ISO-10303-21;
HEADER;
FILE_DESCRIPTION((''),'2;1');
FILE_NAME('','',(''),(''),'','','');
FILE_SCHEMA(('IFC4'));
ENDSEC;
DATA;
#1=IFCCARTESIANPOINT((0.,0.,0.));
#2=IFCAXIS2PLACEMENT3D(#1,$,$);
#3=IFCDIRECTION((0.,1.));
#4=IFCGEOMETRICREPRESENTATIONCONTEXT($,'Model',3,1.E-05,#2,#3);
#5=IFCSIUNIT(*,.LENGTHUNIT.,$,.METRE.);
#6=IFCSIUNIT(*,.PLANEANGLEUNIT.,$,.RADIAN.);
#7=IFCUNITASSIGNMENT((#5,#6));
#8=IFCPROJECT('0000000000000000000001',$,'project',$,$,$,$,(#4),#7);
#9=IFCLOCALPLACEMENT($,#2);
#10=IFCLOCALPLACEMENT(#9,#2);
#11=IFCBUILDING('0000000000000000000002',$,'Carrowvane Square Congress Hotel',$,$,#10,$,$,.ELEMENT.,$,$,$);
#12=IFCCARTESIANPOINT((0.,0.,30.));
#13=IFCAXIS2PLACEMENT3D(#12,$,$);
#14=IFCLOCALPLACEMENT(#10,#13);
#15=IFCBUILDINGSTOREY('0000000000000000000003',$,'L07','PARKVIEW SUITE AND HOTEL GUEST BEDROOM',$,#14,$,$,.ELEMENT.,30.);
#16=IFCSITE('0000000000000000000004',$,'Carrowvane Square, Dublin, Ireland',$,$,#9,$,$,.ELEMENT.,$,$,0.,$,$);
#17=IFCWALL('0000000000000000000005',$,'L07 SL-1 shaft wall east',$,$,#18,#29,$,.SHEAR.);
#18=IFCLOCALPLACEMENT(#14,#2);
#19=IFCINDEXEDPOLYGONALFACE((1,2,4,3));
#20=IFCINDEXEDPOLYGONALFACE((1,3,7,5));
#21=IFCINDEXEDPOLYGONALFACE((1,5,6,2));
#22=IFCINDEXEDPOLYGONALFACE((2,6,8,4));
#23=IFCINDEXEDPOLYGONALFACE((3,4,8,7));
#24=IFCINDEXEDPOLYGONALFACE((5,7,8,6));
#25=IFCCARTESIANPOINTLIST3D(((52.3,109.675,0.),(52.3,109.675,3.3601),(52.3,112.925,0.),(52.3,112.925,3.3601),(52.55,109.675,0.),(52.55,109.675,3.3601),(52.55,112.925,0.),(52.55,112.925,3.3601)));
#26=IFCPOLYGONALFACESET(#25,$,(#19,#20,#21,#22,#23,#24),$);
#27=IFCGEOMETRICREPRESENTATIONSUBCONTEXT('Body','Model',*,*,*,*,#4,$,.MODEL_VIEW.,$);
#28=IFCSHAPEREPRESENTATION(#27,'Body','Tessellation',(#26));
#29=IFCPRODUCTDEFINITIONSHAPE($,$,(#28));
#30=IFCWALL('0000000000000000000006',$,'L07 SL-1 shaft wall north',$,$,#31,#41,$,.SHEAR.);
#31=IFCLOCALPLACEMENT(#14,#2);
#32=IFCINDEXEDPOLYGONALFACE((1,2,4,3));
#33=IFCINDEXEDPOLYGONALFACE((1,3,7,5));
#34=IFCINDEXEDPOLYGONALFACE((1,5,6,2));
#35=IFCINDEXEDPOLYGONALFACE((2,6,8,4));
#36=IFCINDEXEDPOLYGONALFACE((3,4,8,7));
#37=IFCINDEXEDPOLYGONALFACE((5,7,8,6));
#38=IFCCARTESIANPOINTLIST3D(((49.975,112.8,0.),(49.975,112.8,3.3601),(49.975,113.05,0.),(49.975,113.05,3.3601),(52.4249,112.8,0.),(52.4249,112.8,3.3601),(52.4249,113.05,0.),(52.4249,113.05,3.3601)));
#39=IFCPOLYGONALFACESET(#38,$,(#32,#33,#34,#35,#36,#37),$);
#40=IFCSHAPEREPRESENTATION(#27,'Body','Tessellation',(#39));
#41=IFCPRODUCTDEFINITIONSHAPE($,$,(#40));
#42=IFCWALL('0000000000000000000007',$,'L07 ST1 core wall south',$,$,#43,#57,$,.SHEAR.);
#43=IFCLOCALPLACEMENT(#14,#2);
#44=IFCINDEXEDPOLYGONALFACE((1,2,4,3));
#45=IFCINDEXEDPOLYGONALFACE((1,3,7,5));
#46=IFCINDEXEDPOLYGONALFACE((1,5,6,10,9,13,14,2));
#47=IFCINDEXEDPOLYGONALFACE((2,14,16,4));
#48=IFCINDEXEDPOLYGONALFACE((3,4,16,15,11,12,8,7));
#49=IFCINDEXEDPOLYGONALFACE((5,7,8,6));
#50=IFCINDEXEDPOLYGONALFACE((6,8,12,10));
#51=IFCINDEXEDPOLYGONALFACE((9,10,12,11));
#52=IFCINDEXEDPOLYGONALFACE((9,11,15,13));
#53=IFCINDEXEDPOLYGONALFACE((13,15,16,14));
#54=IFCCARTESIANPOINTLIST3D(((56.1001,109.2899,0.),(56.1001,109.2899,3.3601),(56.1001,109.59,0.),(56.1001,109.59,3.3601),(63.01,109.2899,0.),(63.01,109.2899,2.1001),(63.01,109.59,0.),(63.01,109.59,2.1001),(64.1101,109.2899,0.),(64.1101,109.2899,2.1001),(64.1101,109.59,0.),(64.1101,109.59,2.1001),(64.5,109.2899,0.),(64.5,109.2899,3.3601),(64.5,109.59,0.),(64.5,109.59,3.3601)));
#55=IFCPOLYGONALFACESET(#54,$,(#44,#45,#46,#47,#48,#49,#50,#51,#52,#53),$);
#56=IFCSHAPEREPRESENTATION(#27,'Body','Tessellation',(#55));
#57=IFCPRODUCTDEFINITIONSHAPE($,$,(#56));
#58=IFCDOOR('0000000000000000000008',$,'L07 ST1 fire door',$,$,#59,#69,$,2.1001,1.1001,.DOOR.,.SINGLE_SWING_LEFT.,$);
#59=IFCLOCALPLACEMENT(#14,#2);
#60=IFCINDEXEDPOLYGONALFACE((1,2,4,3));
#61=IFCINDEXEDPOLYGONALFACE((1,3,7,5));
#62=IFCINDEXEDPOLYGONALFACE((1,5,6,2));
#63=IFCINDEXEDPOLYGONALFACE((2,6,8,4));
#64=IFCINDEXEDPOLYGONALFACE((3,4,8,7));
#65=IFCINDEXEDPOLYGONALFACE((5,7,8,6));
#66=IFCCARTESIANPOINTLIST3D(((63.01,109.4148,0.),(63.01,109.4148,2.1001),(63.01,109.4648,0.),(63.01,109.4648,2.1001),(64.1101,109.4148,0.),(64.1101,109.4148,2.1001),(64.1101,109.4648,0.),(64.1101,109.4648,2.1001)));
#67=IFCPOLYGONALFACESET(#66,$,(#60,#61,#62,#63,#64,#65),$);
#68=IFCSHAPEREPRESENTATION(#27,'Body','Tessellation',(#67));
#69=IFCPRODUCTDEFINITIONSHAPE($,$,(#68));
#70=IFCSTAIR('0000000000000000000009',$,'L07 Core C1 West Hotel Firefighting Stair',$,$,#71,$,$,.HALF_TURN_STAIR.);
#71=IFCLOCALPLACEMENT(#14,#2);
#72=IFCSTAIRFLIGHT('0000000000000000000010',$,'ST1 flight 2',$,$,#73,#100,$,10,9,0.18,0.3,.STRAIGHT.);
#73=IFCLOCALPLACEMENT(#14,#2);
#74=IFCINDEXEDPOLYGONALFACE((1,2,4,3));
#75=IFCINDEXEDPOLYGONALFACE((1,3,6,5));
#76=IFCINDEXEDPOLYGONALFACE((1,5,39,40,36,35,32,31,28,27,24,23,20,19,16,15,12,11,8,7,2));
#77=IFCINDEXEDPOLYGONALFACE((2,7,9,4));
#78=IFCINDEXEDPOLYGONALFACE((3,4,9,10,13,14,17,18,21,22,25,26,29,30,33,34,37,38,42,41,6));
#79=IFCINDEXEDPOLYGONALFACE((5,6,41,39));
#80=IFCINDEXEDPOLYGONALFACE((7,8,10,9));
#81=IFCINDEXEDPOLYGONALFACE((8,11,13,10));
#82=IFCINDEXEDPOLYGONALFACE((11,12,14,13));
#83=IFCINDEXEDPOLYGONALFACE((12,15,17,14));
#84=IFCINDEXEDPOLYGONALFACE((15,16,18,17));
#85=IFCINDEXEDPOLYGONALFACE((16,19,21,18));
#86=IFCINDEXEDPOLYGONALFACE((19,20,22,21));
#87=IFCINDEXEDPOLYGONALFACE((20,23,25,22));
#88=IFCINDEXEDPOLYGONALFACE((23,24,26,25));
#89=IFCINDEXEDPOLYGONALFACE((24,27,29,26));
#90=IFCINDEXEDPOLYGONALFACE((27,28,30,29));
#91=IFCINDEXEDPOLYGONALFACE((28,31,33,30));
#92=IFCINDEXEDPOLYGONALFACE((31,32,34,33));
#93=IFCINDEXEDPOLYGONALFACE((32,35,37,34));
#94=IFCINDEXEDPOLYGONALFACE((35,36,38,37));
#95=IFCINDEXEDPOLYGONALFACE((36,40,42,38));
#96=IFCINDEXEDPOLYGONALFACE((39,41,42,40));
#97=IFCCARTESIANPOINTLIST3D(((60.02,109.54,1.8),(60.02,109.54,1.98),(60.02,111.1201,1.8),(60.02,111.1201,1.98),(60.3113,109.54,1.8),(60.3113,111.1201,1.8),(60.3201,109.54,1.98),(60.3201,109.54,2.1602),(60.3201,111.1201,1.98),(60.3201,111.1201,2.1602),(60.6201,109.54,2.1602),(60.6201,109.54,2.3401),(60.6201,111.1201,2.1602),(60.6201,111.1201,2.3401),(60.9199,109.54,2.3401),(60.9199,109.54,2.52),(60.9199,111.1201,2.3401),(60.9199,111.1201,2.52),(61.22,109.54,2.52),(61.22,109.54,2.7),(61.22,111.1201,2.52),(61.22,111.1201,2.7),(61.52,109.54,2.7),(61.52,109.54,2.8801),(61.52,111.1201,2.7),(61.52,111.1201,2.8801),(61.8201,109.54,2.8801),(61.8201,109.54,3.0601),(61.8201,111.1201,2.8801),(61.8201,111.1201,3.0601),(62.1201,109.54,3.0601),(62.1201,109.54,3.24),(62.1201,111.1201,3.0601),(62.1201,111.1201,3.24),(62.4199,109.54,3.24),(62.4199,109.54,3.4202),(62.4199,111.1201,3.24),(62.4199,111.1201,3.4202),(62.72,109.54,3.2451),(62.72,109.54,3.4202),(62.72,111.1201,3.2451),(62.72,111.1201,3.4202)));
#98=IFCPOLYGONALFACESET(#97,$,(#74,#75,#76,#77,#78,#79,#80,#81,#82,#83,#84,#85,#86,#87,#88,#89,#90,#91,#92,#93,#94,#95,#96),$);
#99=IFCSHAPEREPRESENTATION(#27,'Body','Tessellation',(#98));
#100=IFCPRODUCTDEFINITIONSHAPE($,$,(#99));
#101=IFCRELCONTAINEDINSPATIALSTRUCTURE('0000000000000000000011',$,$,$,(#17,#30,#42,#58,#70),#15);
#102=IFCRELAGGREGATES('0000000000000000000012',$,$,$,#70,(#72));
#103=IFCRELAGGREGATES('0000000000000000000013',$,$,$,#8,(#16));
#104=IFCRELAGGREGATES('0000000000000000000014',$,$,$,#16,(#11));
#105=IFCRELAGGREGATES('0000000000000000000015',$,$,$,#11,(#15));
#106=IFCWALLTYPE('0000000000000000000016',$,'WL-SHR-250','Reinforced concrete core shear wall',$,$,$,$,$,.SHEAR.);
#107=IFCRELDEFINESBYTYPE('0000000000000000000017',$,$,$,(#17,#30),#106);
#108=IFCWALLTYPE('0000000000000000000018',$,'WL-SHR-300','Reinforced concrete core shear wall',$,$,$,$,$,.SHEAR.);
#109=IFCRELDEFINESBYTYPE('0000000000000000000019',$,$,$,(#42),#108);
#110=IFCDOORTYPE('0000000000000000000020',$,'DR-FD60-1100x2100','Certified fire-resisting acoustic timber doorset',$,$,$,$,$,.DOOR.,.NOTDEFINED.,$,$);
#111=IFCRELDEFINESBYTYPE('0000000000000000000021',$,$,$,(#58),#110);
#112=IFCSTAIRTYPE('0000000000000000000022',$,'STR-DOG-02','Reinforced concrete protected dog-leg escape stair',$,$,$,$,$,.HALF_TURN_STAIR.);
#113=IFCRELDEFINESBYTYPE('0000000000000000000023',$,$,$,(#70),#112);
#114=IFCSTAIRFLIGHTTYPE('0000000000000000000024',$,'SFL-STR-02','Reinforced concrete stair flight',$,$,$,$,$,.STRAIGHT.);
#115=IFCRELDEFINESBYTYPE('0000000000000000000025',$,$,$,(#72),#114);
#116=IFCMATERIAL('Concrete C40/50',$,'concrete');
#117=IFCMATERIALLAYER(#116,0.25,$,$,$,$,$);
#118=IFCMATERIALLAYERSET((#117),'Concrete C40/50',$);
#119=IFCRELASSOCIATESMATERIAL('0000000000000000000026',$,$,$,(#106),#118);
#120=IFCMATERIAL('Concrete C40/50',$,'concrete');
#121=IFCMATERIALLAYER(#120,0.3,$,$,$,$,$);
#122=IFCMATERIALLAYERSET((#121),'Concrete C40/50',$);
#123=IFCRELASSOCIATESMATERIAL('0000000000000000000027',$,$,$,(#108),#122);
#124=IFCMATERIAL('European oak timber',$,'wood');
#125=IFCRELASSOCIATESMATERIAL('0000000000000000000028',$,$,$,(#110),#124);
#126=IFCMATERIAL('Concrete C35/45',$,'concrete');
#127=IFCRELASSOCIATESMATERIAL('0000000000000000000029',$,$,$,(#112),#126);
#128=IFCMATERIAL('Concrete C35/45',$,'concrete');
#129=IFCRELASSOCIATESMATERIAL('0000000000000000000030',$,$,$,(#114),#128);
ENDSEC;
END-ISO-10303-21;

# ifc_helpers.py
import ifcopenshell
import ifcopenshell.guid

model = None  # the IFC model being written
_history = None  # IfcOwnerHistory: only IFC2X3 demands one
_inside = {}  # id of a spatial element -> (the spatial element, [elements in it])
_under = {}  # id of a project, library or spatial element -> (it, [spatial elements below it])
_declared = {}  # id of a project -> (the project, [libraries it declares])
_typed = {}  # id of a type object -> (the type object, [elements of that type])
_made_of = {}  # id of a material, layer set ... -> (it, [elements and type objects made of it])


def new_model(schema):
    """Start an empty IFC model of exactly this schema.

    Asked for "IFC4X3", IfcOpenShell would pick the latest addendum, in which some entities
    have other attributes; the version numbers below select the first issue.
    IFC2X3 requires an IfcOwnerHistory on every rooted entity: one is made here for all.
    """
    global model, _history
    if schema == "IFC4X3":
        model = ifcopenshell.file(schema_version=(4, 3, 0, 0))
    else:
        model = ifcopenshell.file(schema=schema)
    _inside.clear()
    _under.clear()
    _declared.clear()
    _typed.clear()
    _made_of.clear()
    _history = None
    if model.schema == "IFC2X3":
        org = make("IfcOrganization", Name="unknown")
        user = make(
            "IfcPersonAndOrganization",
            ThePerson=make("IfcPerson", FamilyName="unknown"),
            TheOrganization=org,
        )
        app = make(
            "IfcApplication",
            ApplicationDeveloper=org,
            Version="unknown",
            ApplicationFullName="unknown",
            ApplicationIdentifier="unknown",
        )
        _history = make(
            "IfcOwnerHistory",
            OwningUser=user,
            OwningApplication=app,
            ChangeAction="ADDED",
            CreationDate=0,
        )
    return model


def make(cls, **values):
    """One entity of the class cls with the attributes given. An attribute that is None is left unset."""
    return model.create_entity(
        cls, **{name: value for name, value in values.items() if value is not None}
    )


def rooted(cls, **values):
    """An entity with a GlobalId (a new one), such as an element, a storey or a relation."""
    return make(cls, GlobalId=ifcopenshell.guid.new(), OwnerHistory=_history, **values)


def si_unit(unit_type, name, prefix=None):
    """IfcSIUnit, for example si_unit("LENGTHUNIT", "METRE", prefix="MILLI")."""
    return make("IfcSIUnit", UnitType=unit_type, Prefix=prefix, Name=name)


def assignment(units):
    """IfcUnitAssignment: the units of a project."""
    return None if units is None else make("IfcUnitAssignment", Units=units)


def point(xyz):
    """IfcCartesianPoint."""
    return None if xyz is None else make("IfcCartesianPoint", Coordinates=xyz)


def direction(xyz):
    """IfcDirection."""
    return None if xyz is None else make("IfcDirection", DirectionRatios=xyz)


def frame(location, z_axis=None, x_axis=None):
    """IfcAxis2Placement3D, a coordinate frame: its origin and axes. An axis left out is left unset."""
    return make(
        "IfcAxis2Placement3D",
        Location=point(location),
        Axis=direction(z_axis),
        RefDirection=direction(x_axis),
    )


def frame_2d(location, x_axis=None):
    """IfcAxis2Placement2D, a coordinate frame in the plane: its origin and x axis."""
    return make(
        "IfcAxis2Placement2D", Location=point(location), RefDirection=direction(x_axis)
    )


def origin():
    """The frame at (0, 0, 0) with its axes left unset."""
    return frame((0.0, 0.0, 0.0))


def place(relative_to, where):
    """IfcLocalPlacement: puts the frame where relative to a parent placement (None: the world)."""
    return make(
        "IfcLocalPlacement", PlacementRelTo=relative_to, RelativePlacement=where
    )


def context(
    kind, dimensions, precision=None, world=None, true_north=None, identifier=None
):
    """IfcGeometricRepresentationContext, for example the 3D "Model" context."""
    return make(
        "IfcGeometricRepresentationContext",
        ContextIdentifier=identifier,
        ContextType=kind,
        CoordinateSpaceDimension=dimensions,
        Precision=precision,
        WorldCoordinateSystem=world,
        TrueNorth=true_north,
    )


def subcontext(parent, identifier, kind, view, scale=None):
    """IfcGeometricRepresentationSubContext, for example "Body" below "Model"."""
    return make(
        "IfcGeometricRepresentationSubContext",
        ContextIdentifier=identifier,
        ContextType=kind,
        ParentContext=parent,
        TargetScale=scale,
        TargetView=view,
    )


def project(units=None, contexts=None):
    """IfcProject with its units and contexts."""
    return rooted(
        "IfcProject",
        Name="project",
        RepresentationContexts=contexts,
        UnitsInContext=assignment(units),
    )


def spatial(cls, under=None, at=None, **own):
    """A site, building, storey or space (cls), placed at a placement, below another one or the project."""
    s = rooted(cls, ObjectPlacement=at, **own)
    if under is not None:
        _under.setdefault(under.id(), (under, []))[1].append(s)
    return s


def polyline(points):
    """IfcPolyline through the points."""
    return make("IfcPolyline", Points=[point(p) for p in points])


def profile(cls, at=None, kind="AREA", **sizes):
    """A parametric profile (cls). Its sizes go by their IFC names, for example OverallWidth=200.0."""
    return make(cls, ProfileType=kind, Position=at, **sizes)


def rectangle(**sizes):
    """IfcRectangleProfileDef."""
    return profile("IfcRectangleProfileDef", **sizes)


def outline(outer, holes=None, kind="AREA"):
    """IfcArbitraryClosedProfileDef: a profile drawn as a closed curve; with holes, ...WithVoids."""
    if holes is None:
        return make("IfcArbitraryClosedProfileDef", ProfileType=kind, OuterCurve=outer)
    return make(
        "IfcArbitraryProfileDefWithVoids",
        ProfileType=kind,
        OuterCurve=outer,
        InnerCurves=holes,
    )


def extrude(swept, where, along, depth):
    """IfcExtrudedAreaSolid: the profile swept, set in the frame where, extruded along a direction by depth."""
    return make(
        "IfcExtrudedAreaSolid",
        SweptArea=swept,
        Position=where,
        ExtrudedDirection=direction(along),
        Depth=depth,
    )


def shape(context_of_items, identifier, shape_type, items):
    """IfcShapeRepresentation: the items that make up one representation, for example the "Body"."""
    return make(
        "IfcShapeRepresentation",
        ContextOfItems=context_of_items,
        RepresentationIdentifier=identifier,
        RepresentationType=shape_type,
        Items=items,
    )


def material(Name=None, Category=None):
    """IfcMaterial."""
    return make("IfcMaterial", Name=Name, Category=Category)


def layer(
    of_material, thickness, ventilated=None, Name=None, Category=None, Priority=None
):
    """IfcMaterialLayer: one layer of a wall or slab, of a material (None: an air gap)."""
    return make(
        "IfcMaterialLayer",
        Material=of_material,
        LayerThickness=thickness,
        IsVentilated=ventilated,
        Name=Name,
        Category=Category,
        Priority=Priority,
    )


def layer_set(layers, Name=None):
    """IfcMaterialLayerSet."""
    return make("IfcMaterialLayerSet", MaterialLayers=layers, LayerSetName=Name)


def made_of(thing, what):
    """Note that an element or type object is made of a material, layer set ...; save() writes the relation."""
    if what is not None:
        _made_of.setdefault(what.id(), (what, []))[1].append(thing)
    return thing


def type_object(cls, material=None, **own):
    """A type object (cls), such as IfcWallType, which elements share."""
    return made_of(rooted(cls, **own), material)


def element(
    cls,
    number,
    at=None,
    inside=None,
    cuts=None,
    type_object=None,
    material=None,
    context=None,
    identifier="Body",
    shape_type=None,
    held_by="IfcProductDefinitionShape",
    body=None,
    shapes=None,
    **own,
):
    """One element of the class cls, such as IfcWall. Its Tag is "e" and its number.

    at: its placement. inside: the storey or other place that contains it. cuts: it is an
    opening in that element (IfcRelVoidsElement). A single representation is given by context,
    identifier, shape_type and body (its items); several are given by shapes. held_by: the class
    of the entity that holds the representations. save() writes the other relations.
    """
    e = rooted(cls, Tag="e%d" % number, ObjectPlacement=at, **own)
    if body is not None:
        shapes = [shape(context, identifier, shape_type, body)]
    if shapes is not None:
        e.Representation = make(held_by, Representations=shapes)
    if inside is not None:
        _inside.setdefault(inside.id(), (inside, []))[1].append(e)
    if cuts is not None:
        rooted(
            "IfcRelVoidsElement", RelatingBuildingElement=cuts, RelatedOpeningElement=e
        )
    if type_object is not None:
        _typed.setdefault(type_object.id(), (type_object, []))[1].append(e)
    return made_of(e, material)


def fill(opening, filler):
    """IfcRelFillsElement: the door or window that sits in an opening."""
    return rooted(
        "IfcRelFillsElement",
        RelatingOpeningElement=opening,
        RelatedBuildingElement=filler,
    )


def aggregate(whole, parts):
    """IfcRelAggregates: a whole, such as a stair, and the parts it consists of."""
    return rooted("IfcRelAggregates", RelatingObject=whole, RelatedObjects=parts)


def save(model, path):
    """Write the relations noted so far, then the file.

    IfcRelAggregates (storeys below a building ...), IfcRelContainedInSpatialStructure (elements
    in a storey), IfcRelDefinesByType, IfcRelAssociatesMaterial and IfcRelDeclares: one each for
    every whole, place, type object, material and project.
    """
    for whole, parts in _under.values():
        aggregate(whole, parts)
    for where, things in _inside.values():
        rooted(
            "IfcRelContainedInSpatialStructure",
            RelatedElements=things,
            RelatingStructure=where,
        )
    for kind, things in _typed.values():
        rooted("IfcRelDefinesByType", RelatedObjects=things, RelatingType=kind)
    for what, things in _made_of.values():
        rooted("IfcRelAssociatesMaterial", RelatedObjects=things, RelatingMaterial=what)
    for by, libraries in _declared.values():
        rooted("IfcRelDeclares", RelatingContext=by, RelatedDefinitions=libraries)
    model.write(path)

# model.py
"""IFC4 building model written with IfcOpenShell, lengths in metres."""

from ifc_helpers import new_model, si_unit, direction, frame, frame_2d, origin, place, context, subcontext, project, spatial, polyline, rectangle, outline, extrude, material, layer, layer_set, type_object, element, fill, aggregate, save


model = new_model("IFC4")

# Units and contexts
model_context = context("Model", 3, precision=1e-05, world=origin(), true_north=direction((0.0, 1.0)))
body_context = subcontext(model_context, "Body", "Model", "MODEL_VIEW")
ifc_project = project(units=[si_unit("LENGTHUNIT", "METRE"), si_unit("PLANEANGLEUNIT", "RADIAN")], contexts=[model_context])

# Site, building, storey
site_placement = place(None, origin())
site = spatial("IfcSite", under=ifc_project, at=site_placement, Name="Carrowvane Square, Dublin, Ireland", CompositionType="ELEMENT", RefElevation=0.0)
building_placement = place(site_placement, origin())
building = spatial("IfcBuilding", under=site, at=building_placement, Name="Carrowvane Square Congress Hotel", CompositionType="ELEMENT")
storey_placement = place(building_placement, frame((0.0, 0.0, 30.0)))
storey = spatial("IfcBuildingStorey", under=building, at=storey_placement, Name="L07", Description="PARKVIEW SUITE AND HOTEL GUEST BEDROOM", CompositionType="ELEMENT", Elevation=30.0)

# Walls
ifc_material_1 = material(Name="Concrete C40/50", Category="concrete")
ifc_layer_1 = layer(ifc_material_1, 0.25)
ifc_layer_set_1 = layer_set([ifc_layer_1], Name="Concrete C40/50")
wall_type_1 = type_object("IfcWallType", Name="WL-SHR-250", Description="Reinforced concrete core shear wall", PredefinedType="SHEAR", material=ifc_layer_set_1)
wall_1_placement = place(storey_placement, frame((52.425, 109.675, 0.0), z_axis=(0.0, 0.0, 1.0), x_axis=(0.0, 1.0, 0.0)))
element("IfcWall", 1, at=wall_1_placement, inside=storey, type_object=wall_type_1, Name="L07 SL-1 shaft wall east", PredefinedType="SHEAR", context=body_context, shape_type="SweptSolid", body=[
    extrude(rectangle(XDim=3.25, YDim=0.25, at=frame_2d((1.625, 0.0))), origin(), (0.0, 0.0, 1.0), 3.3601),
])
wall_2_placement = place(storey_placement, frame((52.425, 112.925, 0.0), z_axis=(0.0, 0.0, 1.0), x_axis=(-1.0, 0.0, 0.0)))
element("IfcWall", 2, at=wall_2_placement, inside=storey, type_object=wall_type_1, Name="L07 SL-1 shaft wall north", PredefinedType="SHEAR", context=body_context, shape_type="SweptSolid", body=[
    extrude(rectangle(XDim=2.45, YDim=0.25, at=frame_2d((1.2251, 0.0))), origin(), (0.0, 0.0, 1.0), 3.3601),
])

# Wall, opening, door
ifc_material_2 = material(Name="Concrete C40/50", Category="concrete")
ifc_layer_2 = layer(ifc_material_2, 0.3)
ifc_layer_set_2 = layer_set([ifc_layer_2], Name="Concrete C40/50")
wall_type_2 = type_object("IfcWallType", Name="WL-SHR-300", Description="Reinforced concrete core shear wall", PredefinedType="SHEAR", material=ifc_layer_set_2)
wall_3_placement = place(storey_placement, frame((56.1001, 109.4399, 0.0), z_axis=(0.0, 0.0, 1.0), x_axis=(1.0, 0.0, 0.0)))
wall_3 = element("IfcWall", 3, at=wall_3_placement, inside=storey, type_object=wall_type_2, Name="L07 ST1 core wall south", PredefinedType="SHEAR", context=body_context, shape_type="SweptSolid", body=[
    extrude(rectangle(XDim=8.3999, YDim=0.3, at=frame_2d((4.2, 0.0))), origin(), (0.0, 0.0, 1.0), 3.3601),
])
opening_1_placement = place(wall_3_placement, frame((6.9099, 0.0, 0.0)))
opening_1 = element("IfcOpeningElement", 4, at=opening_1_placement, cuts=wall_3, PredefinedType="OPENING", context=body_context, shape_type="SweptSolid", body=[
    extrude(rectangle(XDim=1.1001, YDim=2.1001, at=frame_2d((0.55, 1.05))), frame((0.0, 0.1599, 0.0), z_axis=(0.0, -1.0, 0.0), x_axis=(1.0, 0.0, 0.0)), (0.0, 0.0, 1.0), 0.3201),
])
ifc_material_3 = material(Name="European oak timber", Category="wood")
door_type_1 = type_object("IfcDoorType", Name="DR-FD60-1100x2100", Description="Certified fire-resisting acoustic timber doorset", OperationType="NOTDEFINED", PredefinedType="DOOR", material=ifc_material_3)
door_1_placement = place(opening_1_placement, origin())
door_1 = element("IfcDoor", 5, at=door_1_placement, inside=storey, type_object=door_type_1, Name="L07 ST1 fire door", OperationType="SINGLE_SWING_LEFT", OverallHeight=2.1001, OverallWidth=1.1001, PredefinedType="DOOR", context=body_context, shape_type="SweptSolid", body=[
    extrude(rectangle(XDim=1.1001, YDim=2.1001, at=frame_2d((0.55, 1.05))), frame((0.0, 0.0249, 0.0), z_axis=(0.0, -1.0, 0.0), x_axis=(1.0, 0.0, 0.0)), (0.0, 0.0, 1.0), 0.05),
])
fill(opening_1, door_1)

# Stair, stair flight
ifc_material_4 = material(Name="Concrete C35/45", Category="concrete")
stair_type = type_object("IfcStairType", Name="STR-DOG-02", Description="Reinforced concrete protected dog-leg escape stair", PredefinedType="HALF_TURN_STAIR", material=ifc_material_4)
stair_placement = place(storey_placement, origin())
stair = element("IfcStair", 6, at=stair_placement, inside=storey, type_object=stair_type, Name="L07 Core C1 West Hotel Firefighting Stair", PredefinedType="HALF_TURN_STAIR")
ifc_material_5 = material(Name="Concrete C35/45", Category="concrete")
stair_flight_type = type_object("IfcStairFlightType", Name="SFL-STR-02", Description="Reinforced concrete stair flight", PredefinedType="STRAIGHT", material=ifc_material_5)
stair_flight_placement = place(storey_placement, frame((60.02, 110.3301, 1.8), z_axis=(0.0, 0.0, 1.0), x_axis=(1.0, 0.0, 0.0)))
stair_flight = element("IfcStairFlight", 7, at=stair_flight_placement, type_object=stair_flight_type, Name="ST1 flight 2", NumberOfRisers=10, NumberOfTreads=9, PredefinedType="STRAIGHT", RiserHeight=0.18, TreadLength=0.3, context=body_context, shape_type="SweptSolid", body=[
    extrude(outline(polyline([(0.0, 0.0), (0.0, 0.1799), (0.3, 0.1799), (0.3, 0.3601), (0.6001, 0.3601), (0.6001, 0.54), (0.8999, 0.54), (0.8999, 0.72), (1.2, 0.72), (1.2, 0.8999), (1.5, 0.8999), (1.5, 1.0801), (1.8, 1.0801), (1.8, 1.26), (2.1001, 1.26), (2.1001, 1.4399), (2.3999, 1.4399), (2.3999, 1.6201), (2.7, 1.6201), (2.7, 1.8), (2.7, 1.4451), (0.2913, 0.0), (0.0, 0.0)])), frame((0.0, 0.79, 0.0), z_axis=(0.0, -1.0, 0.0), x_axis=(1.0, 0.0, 0.0)), (0.0, 0.0, 1.0), 1.5801),
])
aggregate(stair, [stair_flight])

save(model, "model.ifc")
